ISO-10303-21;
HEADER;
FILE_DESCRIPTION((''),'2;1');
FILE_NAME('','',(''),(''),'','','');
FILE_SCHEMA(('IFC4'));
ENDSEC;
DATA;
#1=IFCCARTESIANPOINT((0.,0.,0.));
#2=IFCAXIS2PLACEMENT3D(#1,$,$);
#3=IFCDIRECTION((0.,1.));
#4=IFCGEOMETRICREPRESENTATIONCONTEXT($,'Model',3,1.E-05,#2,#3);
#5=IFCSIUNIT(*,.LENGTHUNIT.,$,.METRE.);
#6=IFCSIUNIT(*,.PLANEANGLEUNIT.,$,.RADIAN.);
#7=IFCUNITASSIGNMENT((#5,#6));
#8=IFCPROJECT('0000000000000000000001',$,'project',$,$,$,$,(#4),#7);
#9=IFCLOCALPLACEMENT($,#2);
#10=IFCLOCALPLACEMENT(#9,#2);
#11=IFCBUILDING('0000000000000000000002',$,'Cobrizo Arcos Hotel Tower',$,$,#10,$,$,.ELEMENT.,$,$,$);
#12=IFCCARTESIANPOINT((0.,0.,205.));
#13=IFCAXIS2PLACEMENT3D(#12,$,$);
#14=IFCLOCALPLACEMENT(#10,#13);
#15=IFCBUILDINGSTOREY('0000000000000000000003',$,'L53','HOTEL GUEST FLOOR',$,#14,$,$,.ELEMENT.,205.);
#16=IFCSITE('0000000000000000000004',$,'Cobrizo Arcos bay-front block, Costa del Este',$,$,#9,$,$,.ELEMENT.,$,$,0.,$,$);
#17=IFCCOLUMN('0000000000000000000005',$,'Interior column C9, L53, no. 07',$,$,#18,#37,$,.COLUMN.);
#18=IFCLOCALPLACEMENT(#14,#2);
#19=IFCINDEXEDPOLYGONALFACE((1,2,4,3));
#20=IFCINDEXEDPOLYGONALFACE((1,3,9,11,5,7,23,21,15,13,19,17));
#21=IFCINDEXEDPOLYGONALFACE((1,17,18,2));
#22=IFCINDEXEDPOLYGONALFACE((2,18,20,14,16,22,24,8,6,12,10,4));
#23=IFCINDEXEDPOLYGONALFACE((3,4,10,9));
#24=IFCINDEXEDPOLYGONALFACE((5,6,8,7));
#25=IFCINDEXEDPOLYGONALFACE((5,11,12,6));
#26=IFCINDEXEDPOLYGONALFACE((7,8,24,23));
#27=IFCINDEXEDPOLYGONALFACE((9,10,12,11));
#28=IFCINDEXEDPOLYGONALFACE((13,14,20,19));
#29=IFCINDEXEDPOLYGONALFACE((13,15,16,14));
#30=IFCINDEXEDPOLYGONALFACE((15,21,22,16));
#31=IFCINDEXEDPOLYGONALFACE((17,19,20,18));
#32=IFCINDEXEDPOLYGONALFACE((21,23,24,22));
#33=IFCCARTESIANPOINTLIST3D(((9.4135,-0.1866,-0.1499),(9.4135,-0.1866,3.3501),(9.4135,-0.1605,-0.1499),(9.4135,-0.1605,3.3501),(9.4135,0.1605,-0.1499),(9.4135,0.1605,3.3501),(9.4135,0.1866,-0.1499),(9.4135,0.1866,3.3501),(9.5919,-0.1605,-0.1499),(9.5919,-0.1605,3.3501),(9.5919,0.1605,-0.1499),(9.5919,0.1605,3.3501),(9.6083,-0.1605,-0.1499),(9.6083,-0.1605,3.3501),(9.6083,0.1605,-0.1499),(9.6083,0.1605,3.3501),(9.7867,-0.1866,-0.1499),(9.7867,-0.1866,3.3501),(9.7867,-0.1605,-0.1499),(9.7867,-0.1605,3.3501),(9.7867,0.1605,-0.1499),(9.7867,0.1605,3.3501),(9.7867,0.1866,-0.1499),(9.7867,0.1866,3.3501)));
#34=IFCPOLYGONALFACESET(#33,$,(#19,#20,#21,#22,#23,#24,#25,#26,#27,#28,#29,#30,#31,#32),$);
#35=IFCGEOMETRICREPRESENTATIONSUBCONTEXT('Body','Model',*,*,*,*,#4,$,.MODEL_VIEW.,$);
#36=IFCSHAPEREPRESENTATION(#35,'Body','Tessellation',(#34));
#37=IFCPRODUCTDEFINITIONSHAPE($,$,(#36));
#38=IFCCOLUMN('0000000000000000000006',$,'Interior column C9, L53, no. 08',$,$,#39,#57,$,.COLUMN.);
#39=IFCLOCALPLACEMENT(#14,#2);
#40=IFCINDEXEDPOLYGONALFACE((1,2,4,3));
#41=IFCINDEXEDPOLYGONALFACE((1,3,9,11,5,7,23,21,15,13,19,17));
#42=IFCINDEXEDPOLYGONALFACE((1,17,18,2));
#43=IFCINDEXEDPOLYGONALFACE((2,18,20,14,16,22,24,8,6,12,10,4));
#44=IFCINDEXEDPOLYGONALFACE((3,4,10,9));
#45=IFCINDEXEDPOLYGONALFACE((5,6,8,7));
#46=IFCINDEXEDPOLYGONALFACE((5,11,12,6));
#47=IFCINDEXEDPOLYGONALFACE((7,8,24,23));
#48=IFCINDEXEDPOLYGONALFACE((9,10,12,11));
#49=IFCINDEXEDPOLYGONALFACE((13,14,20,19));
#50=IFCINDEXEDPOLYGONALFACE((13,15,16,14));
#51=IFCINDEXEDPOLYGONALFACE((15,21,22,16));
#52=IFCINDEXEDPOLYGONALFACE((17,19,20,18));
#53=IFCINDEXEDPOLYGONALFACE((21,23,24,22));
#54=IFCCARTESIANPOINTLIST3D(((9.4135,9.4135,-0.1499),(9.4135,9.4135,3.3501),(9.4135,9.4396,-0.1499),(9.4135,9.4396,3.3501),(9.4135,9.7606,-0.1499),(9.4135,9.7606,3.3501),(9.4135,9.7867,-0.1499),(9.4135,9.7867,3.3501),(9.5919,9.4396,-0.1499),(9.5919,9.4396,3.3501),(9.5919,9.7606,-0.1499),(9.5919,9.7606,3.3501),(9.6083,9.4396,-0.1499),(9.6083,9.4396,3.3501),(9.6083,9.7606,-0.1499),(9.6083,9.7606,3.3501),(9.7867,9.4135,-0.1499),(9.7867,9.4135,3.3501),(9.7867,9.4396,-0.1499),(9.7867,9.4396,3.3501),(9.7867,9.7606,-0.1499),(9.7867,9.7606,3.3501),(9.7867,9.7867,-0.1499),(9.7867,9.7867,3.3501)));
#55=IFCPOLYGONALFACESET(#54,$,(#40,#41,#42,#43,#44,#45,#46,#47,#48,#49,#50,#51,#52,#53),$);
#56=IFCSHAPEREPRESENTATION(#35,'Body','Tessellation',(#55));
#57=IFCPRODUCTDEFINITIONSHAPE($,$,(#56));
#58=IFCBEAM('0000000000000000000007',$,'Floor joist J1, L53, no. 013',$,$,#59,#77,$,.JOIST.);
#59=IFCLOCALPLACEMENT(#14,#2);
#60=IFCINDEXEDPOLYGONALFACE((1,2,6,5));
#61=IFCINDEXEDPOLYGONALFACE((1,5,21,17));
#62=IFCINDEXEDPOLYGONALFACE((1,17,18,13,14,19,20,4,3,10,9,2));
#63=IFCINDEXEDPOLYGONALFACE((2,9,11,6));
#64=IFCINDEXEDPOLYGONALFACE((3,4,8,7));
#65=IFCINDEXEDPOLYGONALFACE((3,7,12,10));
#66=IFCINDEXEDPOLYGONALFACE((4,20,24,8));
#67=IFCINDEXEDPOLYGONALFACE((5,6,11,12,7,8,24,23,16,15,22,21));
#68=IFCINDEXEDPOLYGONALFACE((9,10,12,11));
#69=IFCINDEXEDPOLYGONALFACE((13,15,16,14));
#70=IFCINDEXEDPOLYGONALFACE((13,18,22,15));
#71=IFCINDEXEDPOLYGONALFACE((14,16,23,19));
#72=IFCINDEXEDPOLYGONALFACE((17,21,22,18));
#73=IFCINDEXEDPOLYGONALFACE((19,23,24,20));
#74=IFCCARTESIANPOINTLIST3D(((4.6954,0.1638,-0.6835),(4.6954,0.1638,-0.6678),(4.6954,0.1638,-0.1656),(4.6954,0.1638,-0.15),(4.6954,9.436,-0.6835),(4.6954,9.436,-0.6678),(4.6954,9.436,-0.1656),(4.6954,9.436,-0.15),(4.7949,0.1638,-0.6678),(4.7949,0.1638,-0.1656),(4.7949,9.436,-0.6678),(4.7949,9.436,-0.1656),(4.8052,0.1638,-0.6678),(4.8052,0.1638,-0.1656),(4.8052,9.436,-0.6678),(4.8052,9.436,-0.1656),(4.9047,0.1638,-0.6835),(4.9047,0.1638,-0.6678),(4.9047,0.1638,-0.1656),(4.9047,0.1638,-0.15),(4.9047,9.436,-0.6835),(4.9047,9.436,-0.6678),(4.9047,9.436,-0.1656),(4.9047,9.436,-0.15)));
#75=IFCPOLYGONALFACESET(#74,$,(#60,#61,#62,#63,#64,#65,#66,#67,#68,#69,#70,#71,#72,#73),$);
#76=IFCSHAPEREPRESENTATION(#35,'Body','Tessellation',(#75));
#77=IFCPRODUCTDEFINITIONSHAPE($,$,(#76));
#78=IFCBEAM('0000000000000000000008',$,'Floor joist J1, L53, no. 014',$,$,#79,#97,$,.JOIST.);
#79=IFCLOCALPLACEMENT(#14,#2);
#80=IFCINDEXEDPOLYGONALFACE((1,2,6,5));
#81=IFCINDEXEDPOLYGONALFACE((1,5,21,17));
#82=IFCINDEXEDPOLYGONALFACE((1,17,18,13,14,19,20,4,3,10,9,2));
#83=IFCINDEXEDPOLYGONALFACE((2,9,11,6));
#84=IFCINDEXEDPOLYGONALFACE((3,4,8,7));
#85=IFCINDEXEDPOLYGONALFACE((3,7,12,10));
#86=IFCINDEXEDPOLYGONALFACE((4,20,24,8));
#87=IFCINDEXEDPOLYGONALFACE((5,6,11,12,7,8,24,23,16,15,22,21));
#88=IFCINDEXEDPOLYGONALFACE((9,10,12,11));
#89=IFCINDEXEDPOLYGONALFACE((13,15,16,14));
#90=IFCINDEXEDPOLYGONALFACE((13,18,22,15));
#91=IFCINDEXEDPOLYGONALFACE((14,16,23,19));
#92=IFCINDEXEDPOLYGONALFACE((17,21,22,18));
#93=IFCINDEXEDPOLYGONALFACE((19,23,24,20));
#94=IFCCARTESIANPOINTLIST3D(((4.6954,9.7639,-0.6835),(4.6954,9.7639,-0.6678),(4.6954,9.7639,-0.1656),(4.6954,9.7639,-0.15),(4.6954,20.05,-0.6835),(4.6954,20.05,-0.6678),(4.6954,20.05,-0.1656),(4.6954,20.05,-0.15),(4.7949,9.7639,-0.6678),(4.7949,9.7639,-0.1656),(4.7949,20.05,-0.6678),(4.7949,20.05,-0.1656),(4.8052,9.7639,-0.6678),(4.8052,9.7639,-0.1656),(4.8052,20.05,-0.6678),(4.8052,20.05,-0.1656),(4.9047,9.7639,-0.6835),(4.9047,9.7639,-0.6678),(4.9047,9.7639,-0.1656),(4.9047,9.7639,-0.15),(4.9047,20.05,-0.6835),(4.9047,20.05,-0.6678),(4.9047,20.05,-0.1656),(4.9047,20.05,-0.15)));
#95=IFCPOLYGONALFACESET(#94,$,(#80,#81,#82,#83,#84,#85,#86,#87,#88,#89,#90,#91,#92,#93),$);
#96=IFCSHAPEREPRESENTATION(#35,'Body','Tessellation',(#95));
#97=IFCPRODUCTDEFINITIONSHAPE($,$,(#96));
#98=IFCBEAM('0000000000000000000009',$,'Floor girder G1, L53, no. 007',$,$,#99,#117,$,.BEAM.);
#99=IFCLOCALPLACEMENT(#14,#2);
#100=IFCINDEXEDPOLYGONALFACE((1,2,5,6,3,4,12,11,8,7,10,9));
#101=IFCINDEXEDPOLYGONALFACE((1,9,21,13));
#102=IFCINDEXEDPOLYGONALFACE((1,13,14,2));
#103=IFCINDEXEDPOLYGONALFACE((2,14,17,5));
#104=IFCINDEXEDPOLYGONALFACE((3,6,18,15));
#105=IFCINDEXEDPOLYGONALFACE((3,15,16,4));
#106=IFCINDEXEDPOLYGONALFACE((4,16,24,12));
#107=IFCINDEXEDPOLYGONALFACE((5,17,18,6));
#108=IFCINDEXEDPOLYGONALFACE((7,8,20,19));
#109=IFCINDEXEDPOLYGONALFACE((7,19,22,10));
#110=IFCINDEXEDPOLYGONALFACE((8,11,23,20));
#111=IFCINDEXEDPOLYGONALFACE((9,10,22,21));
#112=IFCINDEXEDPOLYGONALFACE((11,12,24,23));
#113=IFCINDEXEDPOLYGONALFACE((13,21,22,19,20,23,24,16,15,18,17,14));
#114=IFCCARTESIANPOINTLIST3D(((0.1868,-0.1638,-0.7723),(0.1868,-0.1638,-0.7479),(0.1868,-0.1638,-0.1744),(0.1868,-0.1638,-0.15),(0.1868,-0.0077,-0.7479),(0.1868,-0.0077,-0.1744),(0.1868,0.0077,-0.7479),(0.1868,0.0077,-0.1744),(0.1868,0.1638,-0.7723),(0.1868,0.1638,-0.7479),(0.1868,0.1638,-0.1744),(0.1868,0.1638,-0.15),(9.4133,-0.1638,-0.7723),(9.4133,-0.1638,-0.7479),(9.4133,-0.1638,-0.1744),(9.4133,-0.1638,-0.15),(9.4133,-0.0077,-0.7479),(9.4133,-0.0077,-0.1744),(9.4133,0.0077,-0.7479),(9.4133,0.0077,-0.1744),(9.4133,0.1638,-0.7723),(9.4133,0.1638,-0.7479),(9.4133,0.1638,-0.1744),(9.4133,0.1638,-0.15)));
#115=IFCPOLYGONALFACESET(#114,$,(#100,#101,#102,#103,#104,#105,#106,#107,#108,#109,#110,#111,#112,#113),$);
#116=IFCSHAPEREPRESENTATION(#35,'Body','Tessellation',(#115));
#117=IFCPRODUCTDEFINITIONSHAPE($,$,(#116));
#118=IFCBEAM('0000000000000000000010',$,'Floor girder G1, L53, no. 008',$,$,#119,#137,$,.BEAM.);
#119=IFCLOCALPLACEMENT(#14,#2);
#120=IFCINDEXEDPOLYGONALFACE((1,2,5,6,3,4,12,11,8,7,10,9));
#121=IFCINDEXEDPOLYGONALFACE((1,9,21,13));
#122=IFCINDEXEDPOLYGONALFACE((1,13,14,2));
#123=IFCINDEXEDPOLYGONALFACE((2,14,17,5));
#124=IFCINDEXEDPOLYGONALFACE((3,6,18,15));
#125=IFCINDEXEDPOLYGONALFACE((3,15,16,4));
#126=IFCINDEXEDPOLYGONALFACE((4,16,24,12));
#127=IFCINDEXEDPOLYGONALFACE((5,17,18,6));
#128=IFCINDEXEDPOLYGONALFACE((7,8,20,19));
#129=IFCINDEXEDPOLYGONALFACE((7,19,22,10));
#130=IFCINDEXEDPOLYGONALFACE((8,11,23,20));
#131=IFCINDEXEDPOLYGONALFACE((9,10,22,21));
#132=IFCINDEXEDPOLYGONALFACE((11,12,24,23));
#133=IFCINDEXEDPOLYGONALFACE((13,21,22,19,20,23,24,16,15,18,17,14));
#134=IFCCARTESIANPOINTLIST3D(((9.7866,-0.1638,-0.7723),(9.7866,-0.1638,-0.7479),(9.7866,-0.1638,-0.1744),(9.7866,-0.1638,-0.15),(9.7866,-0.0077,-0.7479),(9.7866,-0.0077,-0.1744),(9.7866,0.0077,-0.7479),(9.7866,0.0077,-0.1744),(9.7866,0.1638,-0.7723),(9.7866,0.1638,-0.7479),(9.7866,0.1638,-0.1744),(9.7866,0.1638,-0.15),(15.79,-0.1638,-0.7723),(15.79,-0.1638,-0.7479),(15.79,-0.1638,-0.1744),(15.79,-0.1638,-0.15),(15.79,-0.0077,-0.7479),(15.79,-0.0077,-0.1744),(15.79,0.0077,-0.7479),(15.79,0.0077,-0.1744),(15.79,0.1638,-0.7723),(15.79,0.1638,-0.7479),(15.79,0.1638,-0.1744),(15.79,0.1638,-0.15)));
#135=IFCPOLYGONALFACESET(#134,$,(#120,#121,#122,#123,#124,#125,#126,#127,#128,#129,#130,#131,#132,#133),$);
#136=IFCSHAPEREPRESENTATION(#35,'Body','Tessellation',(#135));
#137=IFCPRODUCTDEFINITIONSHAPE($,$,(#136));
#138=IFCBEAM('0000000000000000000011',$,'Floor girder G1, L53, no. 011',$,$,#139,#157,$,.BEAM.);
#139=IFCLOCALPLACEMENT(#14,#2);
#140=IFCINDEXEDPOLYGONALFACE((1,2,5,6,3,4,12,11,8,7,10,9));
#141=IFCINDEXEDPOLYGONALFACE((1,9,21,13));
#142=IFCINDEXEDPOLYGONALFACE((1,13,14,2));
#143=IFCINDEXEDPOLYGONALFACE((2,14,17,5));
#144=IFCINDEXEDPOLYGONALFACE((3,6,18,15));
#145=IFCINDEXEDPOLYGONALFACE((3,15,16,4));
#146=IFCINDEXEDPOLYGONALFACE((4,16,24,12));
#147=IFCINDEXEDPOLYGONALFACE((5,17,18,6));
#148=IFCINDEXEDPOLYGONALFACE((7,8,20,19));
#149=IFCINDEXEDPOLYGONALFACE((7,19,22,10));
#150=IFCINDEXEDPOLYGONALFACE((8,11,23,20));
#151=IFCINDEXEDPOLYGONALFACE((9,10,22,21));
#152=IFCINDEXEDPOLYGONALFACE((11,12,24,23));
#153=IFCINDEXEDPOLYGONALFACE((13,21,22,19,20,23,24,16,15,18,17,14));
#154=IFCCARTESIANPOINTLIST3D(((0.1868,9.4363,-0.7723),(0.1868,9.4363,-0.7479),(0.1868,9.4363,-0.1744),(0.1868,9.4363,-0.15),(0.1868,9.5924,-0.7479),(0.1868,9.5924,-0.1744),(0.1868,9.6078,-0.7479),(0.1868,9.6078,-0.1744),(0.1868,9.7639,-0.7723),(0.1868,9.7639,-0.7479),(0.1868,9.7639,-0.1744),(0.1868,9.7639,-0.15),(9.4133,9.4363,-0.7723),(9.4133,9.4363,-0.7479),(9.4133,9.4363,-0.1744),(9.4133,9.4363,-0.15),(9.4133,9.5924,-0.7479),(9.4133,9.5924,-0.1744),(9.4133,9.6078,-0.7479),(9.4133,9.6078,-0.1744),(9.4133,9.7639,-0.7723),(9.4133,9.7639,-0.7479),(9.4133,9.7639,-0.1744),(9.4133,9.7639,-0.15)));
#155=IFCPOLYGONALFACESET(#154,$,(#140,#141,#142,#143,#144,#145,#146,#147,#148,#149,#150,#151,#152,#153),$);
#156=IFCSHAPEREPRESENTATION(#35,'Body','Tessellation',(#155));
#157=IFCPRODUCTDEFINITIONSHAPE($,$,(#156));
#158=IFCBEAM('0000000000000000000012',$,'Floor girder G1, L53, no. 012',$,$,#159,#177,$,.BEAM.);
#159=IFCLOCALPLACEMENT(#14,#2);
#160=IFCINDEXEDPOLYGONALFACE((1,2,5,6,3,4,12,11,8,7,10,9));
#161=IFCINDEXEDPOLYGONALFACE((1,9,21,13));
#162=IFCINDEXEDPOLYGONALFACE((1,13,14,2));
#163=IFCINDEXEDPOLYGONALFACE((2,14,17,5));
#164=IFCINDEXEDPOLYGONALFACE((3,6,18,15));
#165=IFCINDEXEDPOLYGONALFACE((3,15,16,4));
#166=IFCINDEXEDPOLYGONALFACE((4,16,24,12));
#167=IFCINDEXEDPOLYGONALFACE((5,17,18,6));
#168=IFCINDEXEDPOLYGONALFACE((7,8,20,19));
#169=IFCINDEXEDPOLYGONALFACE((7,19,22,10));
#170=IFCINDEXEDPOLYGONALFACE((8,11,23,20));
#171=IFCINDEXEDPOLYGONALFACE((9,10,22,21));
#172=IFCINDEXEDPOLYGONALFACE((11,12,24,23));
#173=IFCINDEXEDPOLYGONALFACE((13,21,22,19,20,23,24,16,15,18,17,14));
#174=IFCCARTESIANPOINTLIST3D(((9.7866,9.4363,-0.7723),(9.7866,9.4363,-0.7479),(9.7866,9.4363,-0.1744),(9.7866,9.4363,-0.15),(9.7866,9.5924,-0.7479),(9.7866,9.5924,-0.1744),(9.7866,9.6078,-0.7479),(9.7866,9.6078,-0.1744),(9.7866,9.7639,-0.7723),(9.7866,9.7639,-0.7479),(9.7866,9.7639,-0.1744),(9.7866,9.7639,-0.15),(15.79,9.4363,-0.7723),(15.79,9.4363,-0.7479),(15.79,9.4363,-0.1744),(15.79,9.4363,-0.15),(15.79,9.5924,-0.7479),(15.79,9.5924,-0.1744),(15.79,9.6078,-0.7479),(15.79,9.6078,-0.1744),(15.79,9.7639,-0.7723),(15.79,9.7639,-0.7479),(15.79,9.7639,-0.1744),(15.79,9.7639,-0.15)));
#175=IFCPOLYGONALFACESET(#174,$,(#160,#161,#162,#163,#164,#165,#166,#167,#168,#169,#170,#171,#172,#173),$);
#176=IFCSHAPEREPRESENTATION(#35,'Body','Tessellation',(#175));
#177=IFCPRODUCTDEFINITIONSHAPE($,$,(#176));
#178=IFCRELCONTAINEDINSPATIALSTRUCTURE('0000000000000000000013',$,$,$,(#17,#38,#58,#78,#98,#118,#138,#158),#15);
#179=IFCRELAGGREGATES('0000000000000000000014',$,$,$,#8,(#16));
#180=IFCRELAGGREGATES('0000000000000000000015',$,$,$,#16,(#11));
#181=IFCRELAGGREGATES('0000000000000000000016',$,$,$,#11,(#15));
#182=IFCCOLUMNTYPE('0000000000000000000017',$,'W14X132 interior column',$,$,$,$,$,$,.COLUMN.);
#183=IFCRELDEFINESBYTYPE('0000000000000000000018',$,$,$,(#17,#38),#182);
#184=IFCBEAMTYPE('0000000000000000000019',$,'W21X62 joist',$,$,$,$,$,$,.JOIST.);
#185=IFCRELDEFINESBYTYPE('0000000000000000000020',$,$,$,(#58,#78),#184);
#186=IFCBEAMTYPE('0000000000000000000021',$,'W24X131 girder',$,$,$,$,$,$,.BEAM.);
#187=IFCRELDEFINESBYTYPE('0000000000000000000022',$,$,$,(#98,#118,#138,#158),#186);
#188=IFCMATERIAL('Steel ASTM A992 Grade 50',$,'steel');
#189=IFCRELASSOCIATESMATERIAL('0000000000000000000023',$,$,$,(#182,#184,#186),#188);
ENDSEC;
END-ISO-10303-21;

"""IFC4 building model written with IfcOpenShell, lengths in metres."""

from ifc_helpers import new_model, si_unit, direction, frame, origin, origin_2d, place, context, subcontext, project, spatial, i_section, extrude, material, material_profile, profile_set, type_object, element, save


model = new_model("IFC4")

# Units and contexts
model_context = context("Model", 3, precision=1e-05, world=origin(), true_north=direction((0.0, 1.0)))
body_context = subcontext(model_context, "Body", "Model", "MODEL_VIEW")
ifc_project = project(units=[si_unit("LENGTHUNIT", "METRE"), si_unit("PLANEANGLEUNIT", "RADIAN")], contexts=[model_context])

# Site, building, storey
site_placement = place(None, origin())
site = spatial("IfcSite", under=ifc_project, at=site_placement, Name="Cobrizo Arcos bay-front block, Costa del Este", CompositionType="ELEMENT", RefElevation=0.0)
building_placement = place(site_placement, origin())
building = spatial("IfcBuilding", under=site, at=building_placement, Name="Cobrizo Arcos Hotel Tower", CompositionType="ELEMENT")
storey_placement = place(building_placement, frame((0.0, 0.0, 205.0)))
storey = spatial("IfcBuildingStorey", under=building, at=storey_placement, Name="L53", Description="HOTEL GUEST FLOOR", CompositionType="ELEMENT", Elevation=205.0)

# Columns
ifc_material_1 = material(Name="Steel ASTM A992 Grade 50", Category="steel")
ifc_material_profile_1 = material_profile(ifc_material_1, i_section(OverallWidth=0.3733, OverallDepth=0.3733, WebThickness=0.0164, FlangeThickness=0.0261, at=origin_2d()), Name="W14X132")
ifc_profile_set_1 = profile_set([ifc_material_profile_1], Name="Steel ASTM A992 Grade 50")
column_type = type_object("IfcColumnType", Name="W14X132 interior column", PredefinedType="COLUMN", material=ifc_profile_set_1)
for number, where, z_axis, x_axis, name in (
    (1, (9.6001, 0.0, -0.1499), (0.0, 0.0, 1.0), (1.0, 0.0, 0.0), "Interior column C9, L53, no. 07"),
    (2, (9.6001, 9.6001, -0.1499), (0.0, 0.0, 1.0), (1.0, 0.0, 0.0), "Interior column C9, L53, no. 08"),
):
    element("IfcColumn", number, at=place(storey_placement, frame(where, z_axis=z_axis, x_axis=x_axis)), inside=storey, type_object=column_type, Name=name, PredefinedType="COLUMN", context=body_context, shape_type="SweptSolid", body=[
        extrude(i_section(OverallWidth=0.3733, OverallDepth=0.3733, WebThickness=0.0164, FlangeThickness=0.0261, at=origin_2d()), origin(), (0.0, 0.0, 1.0), 3.5),
    ])

# Beams
ifc_material_profile_2 = material_profile(ifc_material_1, i_section(OverallWidth=0.2092, OverallDepth=0.5334, WebThickness=0.0103, FlangeThickness=0.0156, at=origin_2d()), Name="W21X62")
ifc_profile_set_2 = profile_set([ifc_material_profile_2], Name="Steel ASTM A992 Grade 50")
beam_type_1 = type_object("IfcBeamType", Name="W21X62 joist", PredefinedType="JOIST", material=ifc_profile_set_2)
beam_1_placement = place(storey_placement, frame((4.8, 0.1638, -0.4167), z_axis=(0.0, 1.0, 0.0), x_axis=(-1.0, 0.0, 0.0)))
element("IfcBeam", 3, at=beam_1_placement, inside=storey, type_object=beam_type_1, Name="Floor joist J1, L53, no. 013", PredefinedType="JOIST", context=body_context, shape_type="SweptSolid", body=[
    extrude(i_section(OverallWidth=0.2092, OverallDepth=0.5334, WebThickness=0.0103, FlangeThickness=0.0156, at=origin_2d()), origin(), (0.0, 0.0, 1.0), 9.2722),
])
beam_2_placement = place(storey_placement, frame((4.8, 9.7639, -0.4167), z_axis=(0.0, 1.0, 0.0), x_axis=(-1.0, 0.0, 0.0)))
element("IfcBeam", 4, at=beam_2_placement, inside=storey, type_object=beam_type_1, Name="Floor joist J1, L53, no. 014", PredefinedType="JOIST", context=body_context, shape_type="SweptSolid", body=[
    extrude(i_section(OverallWidth=0.2092, OverallDepth=0.5334, WebThickness=0.0103, FlangeThickness=0.0156, at=origin_2d()), origin(), (0.0, 0.0, 1.0), 10.2861),
])
ifc_material_profile_3 = material_profile(ifc_material_1, i_section(OverallWidth=0.3276, OverallDepth=0.6223, WebThickness=0.0154, FlangeThickness=0.0244, at=origin_2d()), Name="W24X131")
ifc_profile_set_3 = profile_set([ifc_material_profile_3], Name="Steel ASTM A992 Grade 50")
beam_type_2 = type_object("IfcBeamType", Name="W24X131 girder", PredefinedType="BEAM", material=ifc_profile_set_3)
beam_3_placement = place(storey_placement, frame((0.1868, 0.0, -0.4612), z_axis=(1.0, 0.0, 0.0), x_axis=(0.0, 1.0, 0.0)))
element("IfcBeam", 5, at=beam_3_placement, inside=storey, type_object=beam_type_2, Name="Floor girder G1, L53, no. 007", PredefinedType="BEAM", context=body_context, shape_type="SweptSolid", body=[
    extrude(i_section(OverallWidth=0.3276, OverallDepth=0.6223, WebThickness=0.0154, FlangeThickness=0.0244, at=origin_2d()), origin(), (0.0, 0.0, 1.0), 9.2266),
])
beam_4_placement = place(storey_placement, frame((9.7866, 0.0, -0.4612), z_axis=(1.0, 0.0, 0.0), x_axis=(0.0, 1.0, 0.0)))
element("IfcBeam", 6, at=beam_4_placement, inside=storey, type_object=beam_type_2, Name="Floor girder G1, L53, no. 008", PredefinedType="BEAM", context=body_context, shape_type="SweptSolid", body=[
    extrude(i_section(OverallWidth=0.3276, OverallDepth=0.6223, WebThickness=0.0154, FlangeThickness=0.0244, at=origin_2d()), origin(), (0.0, 0.0, 1.0), 6.0034),
])
beam_5_placement = place(storey_placement, frame((0.1868, 9.6001, -0.4612), z_axis=(1.0, 0.0, 0.0), x_axis=(0.0, 1.0, 0.0)))
element("IfcBeam", 7, at=beam_5_placement, inside=storey, type_object=beam_type_2, Name="Floor girder G1, L53, no. 011", PredefinedType="BEAM", context=body_context, shape_type="SweptSolid", body=[
    extrude(i_section(OverallWidth=0.3276, OverallDepth=0.6223, WebThickness=0.0154, FlangeThickness=0.0244, at=origin_2d()), origin(), (0.0, 0.0, 1.0), 9.2266),
])
beam_6_placement = place(storey_placement, frame((9.7866, 9.6001, -0.4612), z_axis=(1.0, 0.0, 0.0), x_axis=(0.0, 1.0, 0.0)))
element("IfcBeam", 8, at=beam_6_placement, inside=storey, type_object=beam_type_2, Name="Floor girder G1, L53, no. 012", PredefinedType="BEAM", context=body_context, shape_type="SweptSolid", body=[
    extrude(i_section(OverallWidth=0.3276, OverallDepth=0.6223, WebThickness=0.0154, FlangeThickness=0.0244, at=origin_2d()), origin(), (0.0, 0.0, 1.0), 6.0034),
])

save(model, "model.ifc")
